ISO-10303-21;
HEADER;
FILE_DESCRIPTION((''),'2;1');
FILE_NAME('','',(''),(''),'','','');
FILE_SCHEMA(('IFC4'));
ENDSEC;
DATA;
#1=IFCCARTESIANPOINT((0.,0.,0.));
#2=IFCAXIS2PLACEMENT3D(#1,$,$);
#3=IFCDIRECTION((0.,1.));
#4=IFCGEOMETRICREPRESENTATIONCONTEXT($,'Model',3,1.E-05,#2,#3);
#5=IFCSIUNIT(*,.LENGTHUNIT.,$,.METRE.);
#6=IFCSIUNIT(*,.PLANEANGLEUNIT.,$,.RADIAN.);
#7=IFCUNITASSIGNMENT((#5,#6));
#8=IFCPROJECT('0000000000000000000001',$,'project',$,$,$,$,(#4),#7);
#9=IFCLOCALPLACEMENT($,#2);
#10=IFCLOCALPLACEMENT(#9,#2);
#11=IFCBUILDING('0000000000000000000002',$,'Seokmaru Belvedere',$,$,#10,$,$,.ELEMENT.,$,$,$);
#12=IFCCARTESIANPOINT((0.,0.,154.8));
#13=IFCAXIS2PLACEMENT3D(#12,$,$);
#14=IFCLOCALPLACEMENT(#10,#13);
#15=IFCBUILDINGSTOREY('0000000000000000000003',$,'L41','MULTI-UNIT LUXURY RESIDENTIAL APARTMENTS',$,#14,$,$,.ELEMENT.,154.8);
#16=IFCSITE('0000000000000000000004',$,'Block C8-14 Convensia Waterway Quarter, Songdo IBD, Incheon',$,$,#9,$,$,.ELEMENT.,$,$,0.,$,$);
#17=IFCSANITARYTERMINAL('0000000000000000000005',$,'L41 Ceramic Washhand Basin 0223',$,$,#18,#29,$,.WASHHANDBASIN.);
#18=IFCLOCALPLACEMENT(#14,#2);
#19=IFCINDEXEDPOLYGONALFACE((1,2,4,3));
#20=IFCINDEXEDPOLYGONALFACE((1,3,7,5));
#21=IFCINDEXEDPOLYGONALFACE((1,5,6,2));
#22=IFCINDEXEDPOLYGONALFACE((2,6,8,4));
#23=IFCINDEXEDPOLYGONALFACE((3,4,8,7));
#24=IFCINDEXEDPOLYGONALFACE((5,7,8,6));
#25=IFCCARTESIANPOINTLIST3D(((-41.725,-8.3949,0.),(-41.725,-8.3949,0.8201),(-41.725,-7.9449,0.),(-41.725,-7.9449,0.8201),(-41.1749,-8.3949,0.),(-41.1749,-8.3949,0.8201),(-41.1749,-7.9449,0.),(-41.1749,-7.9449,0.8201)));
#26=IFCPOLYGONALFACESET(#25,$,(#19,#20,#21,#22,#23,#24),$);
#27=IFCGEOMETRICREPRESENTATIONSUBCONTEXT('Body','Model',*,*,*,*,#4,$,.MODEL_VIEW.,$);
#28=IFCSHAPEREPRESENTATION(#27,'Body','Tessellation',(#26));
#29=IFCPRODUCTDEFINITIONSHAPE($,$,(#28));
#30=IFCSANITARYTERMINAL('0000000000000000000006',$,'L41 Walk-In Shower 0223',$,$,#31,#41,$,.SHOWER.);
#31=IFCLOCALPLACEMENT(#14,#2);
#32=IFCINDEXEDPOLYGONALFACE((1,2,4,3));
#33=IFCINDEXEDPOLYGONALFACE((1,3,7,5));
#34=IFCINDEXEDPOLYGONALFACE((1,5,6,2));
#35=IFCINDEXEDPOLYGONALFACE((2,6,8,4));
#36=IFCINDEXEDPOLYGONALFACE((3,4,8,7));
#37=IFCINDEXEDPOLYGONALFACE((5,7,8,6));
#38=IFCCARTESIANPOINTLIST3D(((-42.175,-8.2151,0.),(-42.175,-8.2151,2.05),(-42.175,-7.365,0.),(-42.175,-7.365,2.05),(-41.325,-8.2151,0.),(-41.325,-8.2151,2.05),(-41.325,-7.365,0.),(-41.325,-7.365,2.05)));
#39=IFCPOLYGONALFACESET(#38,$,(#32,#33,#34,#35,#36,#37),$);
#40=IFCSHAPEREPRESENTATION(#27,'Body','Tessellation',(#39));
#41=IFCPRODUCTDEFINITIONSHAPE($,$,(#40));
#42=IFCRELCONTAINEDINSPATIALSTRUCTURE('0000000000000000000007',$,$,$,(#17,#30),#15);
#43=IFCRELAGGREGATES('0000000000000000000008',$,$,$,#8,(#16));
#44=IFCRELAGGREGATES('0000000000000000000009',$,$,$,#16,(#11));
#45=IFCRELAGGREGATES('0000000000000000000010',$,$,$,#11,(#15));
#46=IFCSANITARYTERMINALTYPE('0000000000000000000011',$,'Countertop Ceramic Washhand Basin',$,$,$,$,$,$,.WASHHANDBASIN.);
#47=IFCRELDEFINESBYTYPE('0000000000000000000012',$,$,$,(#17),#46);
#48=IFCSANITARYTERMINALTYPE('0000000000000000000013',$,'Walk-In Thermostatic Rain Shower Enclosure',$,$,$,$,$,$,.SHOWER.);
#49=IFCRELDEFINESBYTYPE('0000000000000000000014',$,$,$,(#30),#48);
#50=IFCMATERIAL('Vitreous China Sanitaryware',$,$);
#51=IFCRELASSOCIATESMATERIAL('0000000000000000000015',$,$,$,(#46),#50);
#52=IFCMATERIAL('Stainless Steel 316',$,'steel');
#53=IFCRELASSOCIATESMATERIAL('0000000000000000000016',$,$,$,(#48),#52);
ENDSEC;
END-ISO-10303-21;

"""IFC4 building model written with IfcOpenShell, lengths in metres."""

from ifc_helpers import new_model, si_unit, direction, frame, origin, origin_2d, place, context, subcontext, project, spatial, rectangle, extrude, source, transform, mapped, material, type_object, type_shapes, element, save


model = new_model("IFC4")

# Units and contexts
model_context = context("Model", 3, precision=1e-05, world=origin(), true_north=direction((0.0, 1.0)))
body_context = subcontext(model_context, "Body", "Model", "MODEL_VIEW")
ifc_project = project(units=[si_unit("LENGTHUNIT", "METRE"), si_unit("PLANEANGLEUNIT", "RADIAN")], contexts=[model_context])

# Site, building, storey
site_placement = place(None, origin())
site = spatial("IfcSite", under=ifc_project, at=site_placement, Name="Block C8-14 Convensia Waterway Quarter, Songdo IBD, Incheon", CompositionType="ELEMENT", RefElevation=0.0)
building_placement = place(site_placement, origin())
building = spatial("IfcBuilding", under=site, at=building_placement, Name="Seokmaru Belvedere", CompositionType="ELEMENT")
storey_placement = place(building_placement, frame((0.0, 0.0, 154.8)))
storey = spatial("IfcBuildingStorey", under=building, at=storey_placement, Name="L41", Description="MULTI-UNIT LUXURY RESIDENTIAL APARTMENTS", CompositionType="ELEMENT", Elevation=154.8)

# Sanitary terminals
ifc_material_1 = material(Name="Vitreous China Sanitaryware")
sanitary_terminal_type_1 = type_object("IfcSanitaryTerminalType", Name="Countertop Ceramic Washhand Basin", PredefinedType="WASHHANDBASIN", material=ifc_material_1)
shared_shape_1 = source(origin(), body_context, "Body", "SweptSolid", [
    extrude(rectangle(XDim=0.55, YDim=0.45, at=origin_2d()), origin(), (0.0, 0.0, 1.0), 0.8201),
])
type_shapes(sanitary_terminal_type_1, [shared_shape_1])
sanitary_terminal_1_placement = place(storey_placement, frame((-41.45, -8.1699, 0.0), z_axis=(0.0, 0.0, 1.0), x_axis=(1.0, 0.0, 0.0)))
element("IfcSanitaryTerminal", 1, at=sanitary_terminal_1_placement, inside=storey, type_object=sanitary_terminal_type_1, Name="L41 Ceramic Washhand Basin 0223", PredefinedType="WASHHANDBASIN", context=body_context, shape_type="MappedRepresentation", body=[
    mapped(shared_shape_1, transform((0.0, 0.0, 0.0), scale=1.0)),
])
ifc_material_2 = material(Name="Stainless Steel 316", Category="steel")
sanitary_terminal_type_2 = type_object("IfcSanitaryTerminalType", Name="Walk-In Thermostatic Rain Shower Enclosure", PredefinedType="SHOWER", material=ifc_material_2)
shared_shape_2 = source(origin(), body_context, "Body", "SweptSolid", [
    extrude(rectangle(XDim=0.8501, YDim=0.8501, at=origin_2d()), origin(), (0.0, 0.0, 1.0), 2.05),
])
type_shapes(sanitary_terminal_type_2, [shared_shape_2])
sanitary_terminal_2_placement = place(storey_placement, frame((-41.75, -7.79, 0.0), z_axis=(0.0, 0.0, 1.0), x_axis=(1.0, 0.0, 0.0)))
element("IfcSanitaryTerminal", 2, at=sanitary_terminal_2_placement, inside=storey, type_object=sanitary_terminal_type_2, Name="L41 Walk-In Shower 0223", PredefinedType="SHOWER", context=body_context, shape_type="MappedRepresentation", body=[
    mapped(shared_shape_2, transform((0.0, 0.0, 0.0), scale=1.0)),
])

save(model, "model.ifc")
